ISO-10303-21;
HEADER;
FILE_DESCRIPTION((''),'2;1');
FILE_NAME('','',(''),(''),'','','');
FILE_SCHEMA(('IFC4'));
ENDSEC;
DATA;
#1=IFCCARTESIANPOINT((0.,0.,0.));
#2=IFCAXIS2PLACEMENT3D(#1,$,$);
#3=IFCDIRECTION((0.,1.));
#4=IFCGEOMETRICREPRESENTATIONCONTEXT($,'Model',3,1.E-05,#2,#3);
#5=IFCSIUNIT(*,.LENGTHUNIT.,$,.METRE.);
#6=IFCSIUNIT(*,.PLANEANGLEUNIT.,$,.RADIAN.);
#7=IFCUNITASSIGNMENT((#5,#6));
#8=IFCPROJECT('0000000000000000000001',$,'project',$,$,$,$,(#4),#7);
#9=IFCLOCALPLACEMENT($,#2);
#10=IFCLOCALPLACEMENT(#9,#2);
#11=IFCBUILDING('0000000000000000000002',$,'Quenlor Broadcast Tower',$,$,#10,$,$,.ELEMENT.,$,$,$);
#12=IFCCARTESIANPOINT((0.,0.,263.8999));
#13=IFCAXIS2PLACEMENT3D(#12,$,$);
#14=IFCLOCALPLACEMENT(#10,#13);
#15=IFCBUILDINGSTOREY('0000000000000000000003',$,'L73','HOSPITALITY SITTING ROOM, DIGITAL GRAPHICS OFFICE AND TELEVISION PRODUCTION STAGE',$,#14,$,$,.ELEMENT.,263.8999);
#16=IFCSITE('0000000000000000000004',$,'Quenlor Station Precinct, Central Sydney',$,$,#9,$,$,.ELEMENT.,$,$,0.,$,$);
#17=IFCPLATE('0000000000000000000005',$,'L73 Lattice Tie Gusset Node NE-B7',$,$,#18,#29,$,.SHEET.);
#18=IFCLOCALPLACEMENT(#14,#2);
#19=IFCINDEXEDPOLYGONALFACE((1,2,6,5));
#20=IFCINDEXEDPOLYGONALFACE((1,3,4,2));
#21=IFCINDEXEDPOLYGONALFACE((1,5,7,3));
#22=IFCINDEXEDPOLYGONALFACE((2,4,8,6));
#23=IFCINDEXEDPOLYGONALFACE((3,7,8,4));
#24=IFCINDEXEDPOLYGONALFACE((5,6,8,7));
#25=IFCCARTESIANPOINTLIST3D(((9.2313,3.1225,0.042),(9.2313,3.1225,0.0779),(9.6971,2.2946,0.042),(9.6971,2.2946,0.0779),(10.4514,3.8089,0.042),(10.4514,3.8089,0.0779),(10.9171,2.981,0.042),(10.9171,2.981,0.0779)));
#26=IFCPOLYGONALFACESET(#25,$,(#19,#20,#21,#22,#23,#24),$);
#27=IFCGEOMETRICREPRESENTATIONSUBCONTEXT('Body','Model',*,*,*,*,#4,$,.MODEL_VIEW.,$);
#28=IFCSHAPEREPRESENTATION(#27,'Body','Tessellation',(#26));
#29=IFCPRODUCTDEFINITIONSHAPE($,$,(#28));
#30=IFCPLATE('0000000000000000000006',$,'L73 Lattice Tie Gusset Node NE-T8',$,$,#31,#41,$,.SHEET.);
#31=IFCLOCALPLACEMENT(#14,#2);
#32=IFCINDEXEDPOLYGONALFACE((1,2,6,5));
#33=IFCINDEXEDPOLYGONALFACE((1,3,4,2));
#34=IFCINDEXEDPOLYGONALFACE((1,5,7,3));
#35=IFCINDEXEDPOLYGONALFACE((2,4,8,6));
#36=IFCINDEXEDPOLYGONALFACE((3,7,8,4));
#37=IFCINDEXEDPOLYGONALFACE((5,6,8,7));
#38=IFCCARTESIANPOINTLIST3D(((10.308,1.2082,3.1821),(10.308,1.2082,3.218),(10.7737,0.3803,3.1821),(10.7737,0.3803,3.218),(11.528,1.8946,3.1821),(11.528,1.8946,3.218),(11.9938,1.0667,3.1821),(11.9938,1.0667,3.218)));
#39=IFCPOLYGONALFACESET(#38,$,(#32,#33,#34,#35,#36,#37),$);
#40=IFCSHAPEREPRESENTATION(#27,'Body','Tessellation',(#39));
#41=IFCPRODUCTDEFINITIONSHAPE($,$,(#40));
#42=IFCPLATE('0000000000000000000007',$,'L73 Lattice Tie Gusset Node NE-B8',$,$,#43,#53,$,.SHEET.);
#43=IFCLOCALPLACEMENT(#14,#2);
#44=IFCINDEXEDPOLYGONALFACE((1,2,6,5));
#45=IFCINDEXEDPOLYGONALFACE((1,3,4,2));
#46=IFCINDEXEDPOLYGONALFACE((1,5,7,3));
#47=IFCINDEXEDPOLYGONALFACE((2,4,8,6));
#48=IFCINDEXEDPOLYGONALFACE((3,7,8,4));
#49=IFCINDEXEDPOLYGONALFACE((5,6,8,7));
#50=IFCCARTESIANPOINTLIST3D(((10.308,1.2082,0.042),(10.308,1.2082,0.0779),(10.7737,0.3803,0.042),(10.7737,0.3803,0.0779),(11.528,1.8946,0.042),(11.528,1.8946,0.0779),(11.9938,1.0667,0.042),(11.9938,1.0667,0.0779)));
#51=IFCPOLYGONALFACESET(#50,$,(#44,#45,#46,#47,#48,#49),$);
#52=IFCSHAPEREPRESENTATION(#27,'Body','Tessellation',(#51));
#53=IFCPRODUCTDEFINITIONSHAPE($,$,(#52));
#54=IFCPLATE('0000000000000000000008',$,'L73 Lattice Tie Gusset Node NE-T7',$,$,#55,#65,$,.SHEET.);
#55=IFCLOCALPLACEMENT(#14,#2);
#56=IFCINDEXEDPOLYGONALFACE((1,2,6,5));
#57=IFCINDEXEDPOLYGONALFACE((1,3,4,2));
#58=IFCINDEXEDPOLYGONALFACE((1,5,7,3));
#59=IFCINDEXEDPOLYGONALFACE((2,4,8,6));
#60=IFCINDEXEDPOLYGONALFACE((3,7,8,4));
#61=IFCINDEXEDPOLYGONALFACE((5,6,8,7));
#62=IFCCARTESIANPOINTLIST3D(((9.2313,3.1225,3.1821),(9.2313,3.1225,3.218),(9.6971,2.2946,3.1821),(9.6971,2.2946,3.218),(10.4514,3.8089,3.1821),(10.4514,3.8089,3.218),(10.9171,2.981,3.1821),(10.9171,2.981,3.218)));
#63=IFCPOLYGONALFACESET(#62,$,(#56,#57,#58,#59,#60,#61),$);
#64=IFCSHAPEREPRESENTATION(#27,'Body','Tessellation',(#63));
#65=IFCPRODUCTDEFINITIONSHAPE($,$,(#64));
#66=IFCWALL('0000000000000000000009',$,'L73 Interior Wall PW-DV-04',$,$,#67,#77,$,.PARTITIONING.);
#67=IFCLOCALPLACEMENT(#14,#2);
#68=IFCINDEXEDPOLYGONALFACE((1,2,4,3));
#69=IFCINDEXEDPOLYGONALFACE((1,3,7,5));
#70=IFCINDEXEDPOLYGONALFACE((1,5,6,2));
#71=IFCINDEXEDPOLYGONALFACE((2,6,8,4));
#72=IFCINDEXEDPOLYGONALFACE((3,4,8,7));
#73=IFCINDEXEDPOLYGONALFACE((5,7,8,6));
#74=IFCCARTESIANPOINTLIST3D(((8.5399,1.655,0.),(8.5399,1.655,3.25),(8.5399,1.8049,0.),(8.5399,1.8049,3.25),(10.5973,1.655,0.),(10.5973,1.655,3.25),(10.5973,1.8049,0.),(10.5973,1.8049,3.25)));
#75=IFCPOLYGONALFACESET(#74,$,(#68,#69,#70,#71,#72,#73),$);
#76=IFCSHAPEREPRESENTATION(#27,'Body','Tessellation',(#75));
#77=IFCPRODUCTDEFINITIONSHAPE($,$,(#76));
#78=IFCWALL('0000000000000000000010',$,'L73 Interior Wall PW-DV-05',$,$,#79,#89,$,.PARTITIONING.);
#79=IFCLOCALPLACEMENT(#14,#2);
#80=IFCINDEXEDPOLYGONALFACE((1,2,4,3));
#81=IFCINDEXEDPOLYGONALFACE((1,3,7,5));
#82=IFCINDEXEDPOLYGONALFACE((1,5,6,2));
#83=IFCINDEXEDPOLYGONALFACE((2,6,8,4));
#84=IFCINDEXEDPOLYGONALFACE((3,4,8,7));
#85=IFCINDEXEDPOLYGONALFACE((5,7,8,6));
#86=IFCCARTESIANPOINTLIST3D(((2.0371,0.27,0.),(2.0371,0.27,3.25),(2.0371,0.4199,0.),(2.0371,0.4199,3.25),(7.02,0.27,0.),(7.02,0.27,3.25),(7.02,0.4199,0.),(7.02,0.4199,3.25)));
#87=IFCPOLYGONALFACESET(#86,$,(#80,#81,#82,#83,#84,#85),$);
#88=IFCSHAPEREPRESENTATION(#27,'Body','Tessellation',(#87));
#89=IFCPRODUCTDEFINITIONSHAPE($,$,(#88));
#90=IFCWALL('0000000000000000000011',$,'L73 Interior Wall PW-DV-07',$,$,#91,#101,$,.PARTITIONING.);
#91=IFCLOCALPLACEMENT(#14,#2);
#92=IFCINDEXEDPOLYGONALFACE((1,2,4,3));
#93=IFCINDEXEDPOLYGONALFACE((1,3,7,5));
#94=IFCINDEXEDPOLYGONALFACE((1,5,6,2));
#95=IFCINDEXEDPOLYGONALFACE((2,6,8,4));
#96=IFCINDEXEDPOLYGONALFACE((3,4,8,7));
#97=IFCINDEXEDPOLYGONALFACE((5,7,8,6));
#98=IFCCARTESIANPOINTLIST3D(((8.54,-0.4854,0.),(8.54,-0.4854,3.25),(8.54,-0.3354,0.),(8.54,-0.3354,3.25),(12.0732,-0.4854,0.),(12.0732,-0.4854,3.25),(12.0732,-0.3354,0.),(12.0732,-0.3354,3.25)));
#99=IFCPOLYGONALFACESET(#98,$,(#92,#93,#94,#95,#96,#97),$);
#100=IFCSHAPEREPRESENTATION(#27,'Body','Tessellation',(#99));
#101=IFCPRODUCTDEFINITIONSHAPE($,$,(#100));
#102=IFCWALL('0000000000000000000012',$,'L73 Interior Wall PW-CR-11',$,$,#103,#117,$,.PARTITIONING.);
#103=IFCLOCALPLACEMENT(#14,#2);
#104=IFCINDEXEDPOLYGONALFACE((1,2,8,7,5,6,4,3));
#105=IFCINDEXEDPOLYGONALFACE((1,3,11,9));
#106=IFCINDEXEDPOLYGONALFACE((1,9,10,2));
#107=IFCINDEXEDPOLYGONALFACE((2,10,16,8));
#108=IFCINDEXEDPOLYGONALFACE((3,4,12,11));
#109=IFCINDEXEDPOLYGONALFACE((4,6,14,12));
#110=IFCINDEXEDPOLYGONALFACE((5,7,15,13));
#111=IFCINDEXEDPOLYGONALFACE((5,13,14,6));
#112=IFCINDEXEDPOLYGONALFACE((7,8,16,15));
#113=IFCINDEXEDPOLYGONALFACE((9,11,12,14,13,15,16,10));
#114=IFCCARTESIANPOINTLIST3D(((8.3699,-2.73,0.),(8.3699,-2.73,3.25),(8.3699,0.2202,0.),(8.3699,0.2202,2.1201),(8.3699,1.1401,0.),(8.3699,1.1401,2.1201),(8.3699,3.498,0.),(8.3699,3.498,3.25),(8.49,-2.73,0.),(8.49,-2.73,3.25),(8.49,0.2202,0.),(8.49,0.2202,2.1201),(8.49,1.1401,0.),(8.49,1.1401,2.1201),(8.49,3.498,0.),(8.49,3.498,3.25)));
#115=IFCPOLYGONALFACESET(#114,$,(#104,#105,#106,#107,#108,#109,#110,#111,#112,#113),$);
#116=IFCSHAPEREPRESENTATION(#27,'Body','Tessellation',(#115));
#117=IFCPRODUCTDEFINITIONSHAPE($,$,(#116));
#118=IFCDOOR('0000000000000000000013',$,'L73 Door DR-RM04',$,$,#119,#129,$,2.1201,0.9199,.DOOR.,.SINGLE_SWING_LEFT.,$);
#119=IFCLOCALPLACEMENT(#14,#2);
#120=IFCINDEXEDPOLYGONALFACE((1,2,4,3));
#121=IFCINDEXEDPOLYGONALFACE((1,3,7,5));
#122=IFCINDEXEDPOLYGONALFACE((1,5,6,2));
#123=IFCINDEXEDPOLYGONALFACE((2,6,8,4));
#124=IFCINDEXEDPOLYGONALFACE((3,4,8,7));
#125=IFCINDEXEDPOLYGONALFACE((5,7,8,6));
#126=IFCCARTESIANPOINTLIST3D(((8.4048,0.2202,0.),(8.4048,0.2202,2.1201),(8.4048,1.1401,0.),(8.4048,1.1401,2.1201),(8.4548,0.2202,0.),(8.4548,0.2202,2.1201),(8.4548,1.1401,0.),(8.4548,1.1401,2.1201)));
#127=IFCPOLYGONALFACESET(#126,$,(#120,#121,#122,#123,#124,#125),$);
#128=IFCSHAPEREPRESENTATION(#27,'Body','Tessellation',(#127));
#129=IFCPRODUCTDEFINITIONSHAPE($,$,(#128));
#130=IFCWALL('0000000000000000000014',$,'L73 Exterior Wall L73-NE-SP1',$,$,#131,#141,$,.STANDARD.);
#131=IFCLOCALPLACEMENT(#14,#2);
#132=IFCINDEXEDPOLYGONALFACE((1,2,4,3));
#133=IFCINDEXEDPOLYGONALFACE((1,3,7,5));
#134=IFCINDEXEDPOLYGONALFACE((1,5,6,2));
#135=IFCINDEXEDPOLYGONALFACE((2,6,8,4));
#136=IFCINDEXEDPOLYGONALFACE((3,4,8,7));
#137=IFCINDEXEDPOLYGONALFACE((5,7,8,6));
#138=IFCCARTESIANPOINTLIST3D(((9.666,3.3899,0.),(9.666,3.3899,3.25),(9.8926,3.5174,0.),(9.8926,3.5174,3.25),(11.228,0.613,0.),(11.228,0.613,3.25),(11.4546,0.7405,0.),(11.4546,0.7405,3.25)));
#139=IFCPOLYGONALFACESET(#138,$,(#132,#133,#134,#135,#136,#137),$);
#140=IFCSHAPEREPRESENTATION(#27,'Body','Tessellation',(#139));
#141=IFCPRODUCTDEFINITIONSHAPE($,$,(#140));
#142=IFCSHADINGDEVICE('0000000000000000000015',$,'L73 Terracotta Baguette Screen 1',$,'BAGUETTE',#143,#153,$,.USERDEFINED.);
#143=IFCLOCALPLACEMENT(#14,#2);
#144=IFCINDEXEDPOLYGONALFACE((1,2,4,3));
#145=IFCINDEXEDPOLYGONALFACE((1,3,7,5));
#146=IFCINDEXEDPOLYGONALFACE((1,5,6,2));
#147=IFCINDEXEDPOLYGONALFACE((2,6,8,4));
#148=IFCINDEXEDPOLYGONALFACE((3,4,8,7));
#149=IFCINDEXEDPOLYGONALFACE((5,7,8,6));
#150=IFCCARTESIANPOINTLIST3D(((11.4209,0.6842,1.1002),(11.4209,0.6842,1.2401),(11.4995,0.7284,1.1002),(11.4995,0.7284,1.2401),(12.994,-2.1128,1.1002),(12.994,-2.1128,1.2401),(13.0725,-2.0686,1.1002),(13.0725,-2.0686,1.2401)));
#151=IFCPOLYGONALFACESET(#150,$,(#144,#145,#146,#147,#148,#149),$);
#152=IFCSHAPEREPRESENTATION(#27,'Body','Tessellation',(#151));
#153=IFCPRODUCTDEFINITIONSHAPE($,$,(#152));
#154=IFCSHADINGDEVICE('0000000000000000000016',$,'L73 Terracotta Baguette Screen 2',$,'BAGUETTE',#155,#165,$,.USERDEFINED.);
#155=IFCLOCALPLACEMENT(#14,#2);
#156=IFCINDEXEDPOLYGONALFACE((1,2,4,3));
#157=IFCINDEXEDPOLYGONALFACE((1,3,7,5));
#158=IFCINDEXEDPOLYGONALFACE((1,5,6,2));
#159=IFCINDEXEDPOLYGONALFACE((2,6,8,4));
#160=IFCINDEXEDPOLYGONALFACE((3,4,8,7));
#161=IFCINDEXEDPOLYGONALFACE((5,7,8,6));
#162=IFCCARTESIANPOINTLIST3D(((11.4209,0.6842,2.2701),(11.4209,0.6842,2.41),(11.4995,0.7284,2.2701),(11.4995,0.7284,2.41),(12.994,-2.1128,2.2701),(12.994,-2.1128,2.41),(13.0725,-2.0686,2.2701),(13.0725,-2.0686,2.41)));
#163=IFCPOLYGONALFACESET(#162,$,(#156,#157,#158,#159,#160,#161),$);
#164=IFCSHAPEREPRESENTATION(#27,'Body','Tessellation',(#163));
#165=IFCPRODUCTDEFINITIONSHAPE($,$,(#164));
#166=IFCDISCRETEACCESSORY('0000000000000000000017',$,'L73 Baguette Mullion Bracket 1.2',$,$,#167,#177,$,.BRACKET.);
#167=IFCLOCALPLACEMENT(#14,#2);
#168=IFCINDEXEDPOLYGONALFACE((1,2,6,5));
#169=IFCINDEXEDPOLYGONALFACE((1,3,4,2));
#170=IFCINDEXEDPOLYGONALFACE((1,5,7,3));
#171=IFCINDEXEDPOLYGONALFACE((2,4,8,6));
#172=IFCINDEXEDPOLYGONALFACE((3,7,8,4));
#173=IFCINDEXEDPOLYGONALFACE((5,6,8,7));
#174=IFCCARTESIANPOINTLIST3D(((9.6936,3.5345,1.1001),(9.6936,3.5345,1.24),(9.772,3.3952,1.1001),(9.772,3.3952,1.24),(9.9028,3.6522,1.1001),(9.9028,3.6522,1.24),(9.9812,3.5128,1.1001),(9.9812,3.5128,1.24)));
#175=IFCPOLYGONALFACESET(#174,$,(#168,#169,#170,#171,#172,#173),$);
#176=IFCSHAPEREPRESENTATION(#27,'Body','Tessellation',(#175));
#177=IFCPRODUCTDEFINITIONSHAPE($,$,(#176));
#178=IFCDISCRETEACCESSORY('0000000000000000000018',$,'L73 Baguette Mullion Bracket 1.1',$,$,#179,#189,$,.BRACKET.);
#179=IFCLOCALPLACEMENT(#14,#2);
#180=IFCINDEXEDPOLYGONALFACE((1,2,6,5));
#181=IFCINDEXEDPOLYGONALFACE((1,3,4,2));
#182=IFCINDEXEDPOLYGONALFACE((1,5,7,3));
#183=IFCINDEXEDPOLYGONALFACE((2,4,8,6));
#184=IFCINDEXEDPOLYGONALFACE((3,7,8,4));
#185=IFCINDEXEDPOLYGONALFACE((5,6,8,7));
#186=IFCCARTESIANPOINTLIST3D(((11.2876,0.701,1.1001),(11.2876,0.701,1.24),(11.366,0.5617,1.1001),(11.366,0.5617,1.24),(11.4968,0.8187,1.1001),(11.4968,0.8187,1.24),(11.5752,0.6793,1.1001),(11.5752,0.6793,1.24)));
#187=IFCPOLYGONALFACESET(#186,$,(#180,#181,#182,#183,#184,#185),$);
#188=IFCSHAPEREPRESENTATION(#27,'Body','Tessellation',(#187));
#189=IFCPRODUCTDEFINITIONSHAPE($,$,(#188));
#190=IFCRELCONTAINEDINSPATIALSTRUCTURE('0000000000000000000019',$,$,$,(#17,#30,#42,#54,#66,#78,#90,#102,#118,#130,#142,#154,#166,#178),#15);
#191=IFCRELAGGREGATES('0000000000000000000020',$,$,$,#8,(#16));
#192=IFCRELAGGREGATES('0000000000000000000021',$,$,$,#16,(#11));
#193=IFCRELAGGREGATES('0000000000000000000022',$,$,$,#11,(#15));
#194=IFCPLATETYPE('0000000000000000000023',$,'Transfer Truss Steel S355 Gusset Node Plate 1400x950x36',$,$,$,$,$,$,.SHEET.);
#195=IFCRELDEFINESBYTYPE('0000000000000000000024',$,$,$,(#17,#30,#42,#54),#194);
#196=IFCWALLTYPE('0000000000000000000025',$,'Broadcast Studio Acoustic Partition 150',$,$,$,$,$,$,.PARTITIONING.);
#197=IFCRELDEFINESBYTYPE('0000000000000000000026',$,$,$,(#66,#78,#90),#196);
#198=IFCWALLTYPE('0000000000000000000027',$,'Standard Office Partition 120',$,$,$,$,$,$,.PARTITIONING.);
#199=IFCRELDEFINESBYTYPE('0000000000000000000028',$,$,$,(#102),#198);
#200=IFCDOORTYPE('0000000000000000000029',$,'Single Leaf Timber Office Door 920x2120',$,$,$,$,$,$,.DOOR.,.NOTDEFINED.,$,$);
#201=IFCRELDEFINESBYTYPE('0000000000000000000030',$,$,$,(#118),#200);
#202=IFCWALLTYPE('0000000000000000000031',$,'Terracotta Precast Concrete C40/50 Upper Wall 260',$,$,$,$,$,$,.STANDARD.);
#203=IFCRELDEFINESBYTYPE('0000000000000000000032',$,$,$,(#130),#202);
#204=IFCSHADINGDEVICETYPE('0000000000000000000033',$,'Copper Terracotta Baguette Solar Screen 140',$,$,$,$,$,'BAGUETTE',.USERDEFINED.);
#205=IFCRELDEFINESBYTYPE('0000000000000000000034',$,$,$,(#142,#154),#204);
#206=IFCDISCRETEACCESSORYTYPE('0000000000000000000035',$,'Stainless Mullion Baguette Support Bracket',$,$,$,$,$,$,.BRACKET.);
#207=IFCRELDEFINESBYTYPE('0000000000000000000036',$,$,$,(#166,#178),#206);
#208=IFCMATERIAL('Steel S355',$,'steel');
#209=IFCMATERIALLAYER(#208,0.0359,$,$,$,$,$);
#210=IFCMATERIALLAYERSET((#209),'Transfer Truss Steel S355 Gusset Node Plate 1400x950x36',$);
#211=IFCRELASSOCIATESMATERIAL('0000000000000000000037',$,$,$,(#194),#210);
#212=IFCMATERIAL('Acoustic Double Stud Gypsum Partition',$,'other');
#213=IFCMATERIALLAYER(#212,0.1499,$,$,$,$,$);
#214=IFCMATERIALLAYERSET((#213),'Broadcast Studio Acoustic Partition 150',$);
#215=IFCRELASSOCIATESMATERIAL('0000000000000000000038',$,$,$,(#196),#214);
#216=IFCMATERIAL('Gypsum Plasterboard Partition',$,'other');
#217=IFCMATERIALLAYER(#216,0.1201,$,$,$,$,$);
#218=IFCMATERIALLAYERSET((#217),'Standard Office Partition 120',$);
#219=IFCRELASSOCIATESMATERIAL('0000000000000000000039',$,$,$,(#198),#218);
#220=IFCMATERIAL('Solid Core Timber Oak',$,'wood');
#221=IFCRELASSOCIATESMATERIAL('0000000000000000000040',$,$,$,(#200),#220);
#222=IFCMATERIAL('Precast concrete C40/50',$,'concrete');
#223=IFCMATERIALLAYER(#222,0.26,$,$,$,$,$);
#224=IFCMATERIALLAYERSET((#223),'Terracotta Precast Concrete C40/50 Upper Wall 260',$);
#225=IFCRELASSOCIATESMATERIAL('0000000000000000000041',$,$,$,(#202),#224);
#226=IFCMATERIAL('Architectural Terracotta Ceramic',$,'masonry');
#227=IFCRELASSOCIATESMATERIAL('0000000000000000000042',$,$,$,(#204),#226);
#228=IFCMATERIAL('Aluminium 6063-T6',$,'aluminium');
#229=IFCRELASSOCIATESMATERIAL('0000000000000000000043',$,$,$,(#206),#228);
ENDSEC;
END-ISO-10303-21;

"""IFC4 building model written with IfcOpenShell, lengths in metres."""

from ifc_helpers import new_model, si_unit, direction, frame, frame_2d, origin, origin_2d, place, context, subcontext, project, spatial, rectangle, extrude, material, layer, layer_set, material_profile, profile_set, type_object, element, fill, save


model = new_model("IFC4")

# Units and contexts
model_context = context("Model", 3, precision=1e-05, world=origin(), true_north=direction((0.0, 1.0)))
body_context = subcontext(model_context, "Body", "Model", "MODEL_VIEW")
ifc_project = project(units=[si_unit("LENGTHUNIT", "METRE"), si_unit("PLANEANGLEUNIT", "RADIAN")], contexts=[model_context])

# Site, building, storey
site_placement = place(None, origin())
site = spatial("IfcSite", under=ifc_project, at=site_placement, Name="Quenlor Station Precinct, Central Sydney", CompositionType="ELEMENT", RefElevation=0.0)
building_placement = place(site_placement, origin())
building = spatial("IfcBuilding", under=site, at=building_placement, Name="Quenlor Broadcast Tower", CompositionType="ELEMENT")
storey_placement = place(building_placement, frame((0.0, 0.0, 263.8999)))
storey = spatial("IfcBuildingStorey", under=building, at=storey_placement, Name="L73", Description="HOSPITALITY SITTING ROOM, DIGITAL GRAPHICS OFFICE AND TELEVISION PRODUCTION STAGE", CompositionType="ELEMENT", Elevation=263.8999)

# Plates
ifc_material_1 = material(Name="Steel S355", Category="steel")
ifc_layer_1 = layer(ifc_material_1, 0.0359)
ifc_layer_set_1 = layer_set([ifc_layer_1], Name="Transfer Truss Steel S355 Gusset Node Plate 1400x950x36")
plate_type_1 = type_object("IfcPlateType", Name="Transfer Truss Steel S355 Gusset Node Plate 1400x950x36", PredefinedType="SHEET", material=ifc_layer_set_1)
for number, where, z_axis, x_axis, name in (
    (1, (10.0742, 3.0518, 0.042), (0.0, 0.0, 1.0), (0.871556, 0.490295, 0.0), "L73 Lattice Tie Gusset Node NE-B7"),
    (2, (11.1509, 1.1375, 3.1821), (0.0, 0.0, 1.0), (0.871556, 0.490295, 0.0), "L73 Lattice Tie Gusset Node NE-T8"),
    (3, (11.1509, 1.1375, 0.042), (0.0, 0.0, 1.0), (0.871556, 0.490295, 0.0), "L73 Lattice Tie Gusset Node NE-B8"),
    (4, (10.0742, 3.0518, 3.1821), (0.0, 0.0, 1.0), (0.871556, 0.490295, 0.0), "L73 Lattice Tie Gusset Node NE-T7"),
):
    element("IfcPlate", number, at=place(storey_placement, frame(where, z_axis=z_axis, x_axis=x_axis)), inside=storey, type_object=plate_type_1, Name=name, PredefinedType="SHEET", context=body_context, shape_type="SweptSolid", body=[
        extrude(rectangle(XDim=1.3999, YDim=0.95, at=origin_2d()), origin(), (0.0, 0.0, 1.0), 0.0359),
    ])

# Walls
ifc_material_2 = material(Name="Acoustic Double Stud Gypsum Partition", Category="other")
ifc_layer_2 = layer(ifc_material_2, 0.1499)
ifc_layer_set_2 = layer_set([ifc_layer_2], Name="Broadcast Studio Acoustic Partition 150")
wall_type_1 = type_object("IfcWallType", Name="Broadcast Studio Acoustic Partition 150", PredefinedType="PARTITIONING", material=ifc_layer_set_2)
wall_1_placement = place(storey_placement, frame((10.5974, 1.73, 0.0), z_axis=(0.0, 0.0, 1.0), x_axis=(-1.0, 0.0, 0.0)))
element("IfcWall", 5, at=wall_1_placement, inside=storey, type_object=wall_type_1, Name="L73 Interior Wall PW-DV-04", PredefinedType="PARTITIONING", context=body_context, shape_type="SweptSolid", body=[
    extrude(rectangle(XDim=2.0574, YDim=0.1499, at=frame_2d((1.0288, 0.0))), origin(), (0.0, 0.0, 1.0), 3.25),
])
wall_2_placement = place(storey_placement, frame((7.02, 0.345, 0.0), z_axis=(0.0, 0.0, 1.0), x_axis=(-1.0, 0.0, 0.0)))
element("IfcWall", 6, at=wall_2_placement, inside=storey, type_object=wall_type_1, Name="L73 Interior Wall PW-DV-05", PredefinedType="PARTITIONING", context=body_context, shape_type="SweptSolid", body=[
    extrude(rectangle(XDim=4.9829, YDim=0.1499, at=frame_2d((2.4915, 0.0))), origin(), (0.0, 0.0, 1.0), 3.25),
])
wall_3_placement = place(storey_placement, frame((12.0732, -0.4104, 0.0), z_axis=(0.0, 0.0, 1.0), x_axis=(-1.0, 0.0, 0.0)))
element("IfcWall", 7, at=wall_3_placement, inside=storey, type_object=wall_type_1, Name="L73 Interior Wall PW-DV-07", PredefinedType="PARTITIONING", context=body_context, shape_type="SweptSolid", body=[
    extrude(rectangle(XDim=3.5332, YDim=0.1499, at=frame_2d((1.7666, 0.0))), origin(), (0.0, 0.0, 1.0), 3.25),
])

# Wall, opening, door
ifc_material_3 = material(Name="Gypsum Plasterboard Partition", Category="other")
ifc_layer_3 = layer(ifc_material_3, 0.1201)
ifc_layer_set_3 = layer_set([ifc_layer_3], Name="Standard Office Partition 120")
wall_type_2 = type_object("IfcWallType", Name="Standard Office Partition 120", PredefinedType="PARTITIONING", material=ifc_layer_set_3)
wall_4_placement = place(storey_placement, frame((8.4299, 3.498, 0.0), z_axis=(0.0, 0.0, 1.0), x_axis=(0.0, -1.0, 0.0)))
wall_4 = element("IfcWall", 8, at=wall_4_placement, inside=storey, type_object=wall_type_2, Name="L73 Interior Wall PW-CR-11", PredefinedType="PARTITIONING", context=body_context, shape_type="SweptSolid", body=[
    extrude(rectangle(XDim=6.228, YDim=0.1201, at=frame_2d((3.114, 0.0))), origin(), (0.0, 0.0, 1.0), 3.25),
])
opening_placement = place(wall_4_placement, frame((2.3579, 0.0, 0.0)))
opening = element("IfcOpeningElement", 9, at=opening_placement, cuts=wall_4, PredefinedType="OPENING", context=body_context, shape_type="SweptSolid", body=[
    extrude(rectangle(XDim=0.9199, YDim=2.1201, at=frame_2d((0.46, 1.0601))), frame((0.0, 0.0701, 0.0), z_axis=(0.0, -1.0, 0.0), x_axis=(1.0, 0.0, 0.0)), (0.0, 0.0, 1.0), 0.1401),
])
ifc_material_4 = material(Name="Solid Core Timber Oak", Category="wood")
door_type = type_object("IfcDoorType", Name="Single Leaf Timber Office Door 920x2120", OperationType="NOTDEFINED", PredefinedType="DOOR", material=ifc_material_4)
door_placement = place(opening_placement, origin())
door = element("IfcDoor", 10, at=door_placement, inside=storey, type_object=door_type, Name="L73 Door DR-RM04", OperationType="SINGLE_SWING_LEFT", OverallHeight=2.1201, OverallWidth=0.9199, PredefinedType="DOOR", context=body_context, shape_type="SweptSolid", body=[
    extrude(rectangle(XDim=0.9199, YDim=2.1201, at=frame_2d((0.46, 1.0601))), frame((0.0, 0.0249, 0.0), z_axis=(0.0, -1.0, 0.0), x_axis=(1.0, 0.0, 0.0)), (0.0, 0.0, 1.0), 0.05),
])
fill(opening, door)

# Wall
ifc_material_5 = material(Name="Precast concrete C40/50", Category="concrete")
ifc_layer_4 = layer(ifc_material_5, 0.26)
ifc_layer_set_4 = layer_set([ifc_layer_4], Name="Terracotta Precast Concrete C40/50 Upper Wall 260")
wall_type_3 = type_object("IfcWallType", Name="Terracotta Precast Concrete C40/50 Upper Wall 260", PredefinedType="STANDARD", material=ifc_layer_set_4)
wall_5_placement = place(storey_placement, frame((9.7793, 3.4536, 0.0), z_axis=(0.0, 0.0, 1.0), x_axis=(0.490269, -0.871571, 0.0)))
element("IfcWall", 11, at=wall_5_placement, inside=storey, type_object=wall_type_3, Name="L73 Exterior Wall L73-NE-SP1", PredefinedType="STANDARD", context=body_context, shape_type="SweptSolid", body=[
    extrude(rectangle(XDim=3.186, YDim=0.26, at=frame_2d((1.593, 0.0))), origin(), (0.0, 0.0, 1.0), 3.25),
])

# Shading devices
ifc_material_6 = material(Name="Architectural Terracotta Ceramic", Category="masonry")
ifc_material_profile_1 = material_profile(ifc_material_6, rectangle(XDim=0.0901, YDim=0.1399, at=origin_2d()))
ifc_profile_set_1 = profile_set([ifc_material_profile_1], Name="Architectural Terracotta Ceramic BAG90x140")
shading_device_type = type_object("IfcShadingDeviceType", Name="Copper Terracotta Baguette Solar Screen 140", ElementType="BAGUETTE", PredefinedType="USERDEFINED", material=ifc_profile_set_1)
for number, where, z_axis, x_axis, name in (
    (12, (11.4602, 0.7063, 1.1702), (0.490203, -0.871608, 0.0), (0.871608, 0.490203, 0.0), "L73 Terracotta Baguette Screen 1"),
    (13, (11.4602, 0.7063, 2.3401), (0.490203, -0.871608, 0.0), (0.871608, 0.490203, 0.0), "L73 Terracotta Baguette Screen 2"),
):
    element("IfcShadingDevice", number, at=place(storey_placement, frame(where, z_axis=z_axis, x_axis=x_axis)), inside=storey, type_object=shading_device_type, Name=name, ObjectType="BAGUETTE", PredefinedType="USERDEFINED", context=body_context, shape_type="SweptSolid", body=[
        extrude(rectangle(XDim=0.0901, YDim=0.1399, at=origin_2d()), origin(), (0.0, 0.0, 1.0), 3.209),
    ])

# Discrete accessories
ifc_material_7 = material(Name="Aluminium 6063-T6", Category="aluminium")
discrete_accessory_type = type_object("IfcDiscreteAccessoryType", Name="Stainless Mullion Baguette Support Bracket", PredefinedType="BRACKET", material=ifc_material_7)
for number, where, z_axis, x_axis, name in (
    (14, (9.8374, 3.5237, 1.1001), (0.0, 0.0, 1.0), (0.490262, -0.871575, 0.0), "L73 Baguette Mullion Bracket 1.2"),
    (15, (11.4314, 0.6902, 1.1001), (0.0, 0.0, 1.0), (0.490262, -0.871575, 0.0), "L73 Baguette Mullion Bracket 1.1"),
):
    element("IfcDiscreteAccessory", number, at=place(storey_placement, frame(where, z_axis=z_axis, x_axis=x_axis)), inside=storey, type_object=discrete_accessory_type, Name=name, PredefinedType="BRACKET", context=body_context, shape_type="SweptSolid", body=[
        extrude(rectangle(XDim=0.1599, YDim=0.24, at=origin_2d()), origin(), (0.0, 0.0, 1.0), 0.1399),
    ])

save(model, "model.ifc")
